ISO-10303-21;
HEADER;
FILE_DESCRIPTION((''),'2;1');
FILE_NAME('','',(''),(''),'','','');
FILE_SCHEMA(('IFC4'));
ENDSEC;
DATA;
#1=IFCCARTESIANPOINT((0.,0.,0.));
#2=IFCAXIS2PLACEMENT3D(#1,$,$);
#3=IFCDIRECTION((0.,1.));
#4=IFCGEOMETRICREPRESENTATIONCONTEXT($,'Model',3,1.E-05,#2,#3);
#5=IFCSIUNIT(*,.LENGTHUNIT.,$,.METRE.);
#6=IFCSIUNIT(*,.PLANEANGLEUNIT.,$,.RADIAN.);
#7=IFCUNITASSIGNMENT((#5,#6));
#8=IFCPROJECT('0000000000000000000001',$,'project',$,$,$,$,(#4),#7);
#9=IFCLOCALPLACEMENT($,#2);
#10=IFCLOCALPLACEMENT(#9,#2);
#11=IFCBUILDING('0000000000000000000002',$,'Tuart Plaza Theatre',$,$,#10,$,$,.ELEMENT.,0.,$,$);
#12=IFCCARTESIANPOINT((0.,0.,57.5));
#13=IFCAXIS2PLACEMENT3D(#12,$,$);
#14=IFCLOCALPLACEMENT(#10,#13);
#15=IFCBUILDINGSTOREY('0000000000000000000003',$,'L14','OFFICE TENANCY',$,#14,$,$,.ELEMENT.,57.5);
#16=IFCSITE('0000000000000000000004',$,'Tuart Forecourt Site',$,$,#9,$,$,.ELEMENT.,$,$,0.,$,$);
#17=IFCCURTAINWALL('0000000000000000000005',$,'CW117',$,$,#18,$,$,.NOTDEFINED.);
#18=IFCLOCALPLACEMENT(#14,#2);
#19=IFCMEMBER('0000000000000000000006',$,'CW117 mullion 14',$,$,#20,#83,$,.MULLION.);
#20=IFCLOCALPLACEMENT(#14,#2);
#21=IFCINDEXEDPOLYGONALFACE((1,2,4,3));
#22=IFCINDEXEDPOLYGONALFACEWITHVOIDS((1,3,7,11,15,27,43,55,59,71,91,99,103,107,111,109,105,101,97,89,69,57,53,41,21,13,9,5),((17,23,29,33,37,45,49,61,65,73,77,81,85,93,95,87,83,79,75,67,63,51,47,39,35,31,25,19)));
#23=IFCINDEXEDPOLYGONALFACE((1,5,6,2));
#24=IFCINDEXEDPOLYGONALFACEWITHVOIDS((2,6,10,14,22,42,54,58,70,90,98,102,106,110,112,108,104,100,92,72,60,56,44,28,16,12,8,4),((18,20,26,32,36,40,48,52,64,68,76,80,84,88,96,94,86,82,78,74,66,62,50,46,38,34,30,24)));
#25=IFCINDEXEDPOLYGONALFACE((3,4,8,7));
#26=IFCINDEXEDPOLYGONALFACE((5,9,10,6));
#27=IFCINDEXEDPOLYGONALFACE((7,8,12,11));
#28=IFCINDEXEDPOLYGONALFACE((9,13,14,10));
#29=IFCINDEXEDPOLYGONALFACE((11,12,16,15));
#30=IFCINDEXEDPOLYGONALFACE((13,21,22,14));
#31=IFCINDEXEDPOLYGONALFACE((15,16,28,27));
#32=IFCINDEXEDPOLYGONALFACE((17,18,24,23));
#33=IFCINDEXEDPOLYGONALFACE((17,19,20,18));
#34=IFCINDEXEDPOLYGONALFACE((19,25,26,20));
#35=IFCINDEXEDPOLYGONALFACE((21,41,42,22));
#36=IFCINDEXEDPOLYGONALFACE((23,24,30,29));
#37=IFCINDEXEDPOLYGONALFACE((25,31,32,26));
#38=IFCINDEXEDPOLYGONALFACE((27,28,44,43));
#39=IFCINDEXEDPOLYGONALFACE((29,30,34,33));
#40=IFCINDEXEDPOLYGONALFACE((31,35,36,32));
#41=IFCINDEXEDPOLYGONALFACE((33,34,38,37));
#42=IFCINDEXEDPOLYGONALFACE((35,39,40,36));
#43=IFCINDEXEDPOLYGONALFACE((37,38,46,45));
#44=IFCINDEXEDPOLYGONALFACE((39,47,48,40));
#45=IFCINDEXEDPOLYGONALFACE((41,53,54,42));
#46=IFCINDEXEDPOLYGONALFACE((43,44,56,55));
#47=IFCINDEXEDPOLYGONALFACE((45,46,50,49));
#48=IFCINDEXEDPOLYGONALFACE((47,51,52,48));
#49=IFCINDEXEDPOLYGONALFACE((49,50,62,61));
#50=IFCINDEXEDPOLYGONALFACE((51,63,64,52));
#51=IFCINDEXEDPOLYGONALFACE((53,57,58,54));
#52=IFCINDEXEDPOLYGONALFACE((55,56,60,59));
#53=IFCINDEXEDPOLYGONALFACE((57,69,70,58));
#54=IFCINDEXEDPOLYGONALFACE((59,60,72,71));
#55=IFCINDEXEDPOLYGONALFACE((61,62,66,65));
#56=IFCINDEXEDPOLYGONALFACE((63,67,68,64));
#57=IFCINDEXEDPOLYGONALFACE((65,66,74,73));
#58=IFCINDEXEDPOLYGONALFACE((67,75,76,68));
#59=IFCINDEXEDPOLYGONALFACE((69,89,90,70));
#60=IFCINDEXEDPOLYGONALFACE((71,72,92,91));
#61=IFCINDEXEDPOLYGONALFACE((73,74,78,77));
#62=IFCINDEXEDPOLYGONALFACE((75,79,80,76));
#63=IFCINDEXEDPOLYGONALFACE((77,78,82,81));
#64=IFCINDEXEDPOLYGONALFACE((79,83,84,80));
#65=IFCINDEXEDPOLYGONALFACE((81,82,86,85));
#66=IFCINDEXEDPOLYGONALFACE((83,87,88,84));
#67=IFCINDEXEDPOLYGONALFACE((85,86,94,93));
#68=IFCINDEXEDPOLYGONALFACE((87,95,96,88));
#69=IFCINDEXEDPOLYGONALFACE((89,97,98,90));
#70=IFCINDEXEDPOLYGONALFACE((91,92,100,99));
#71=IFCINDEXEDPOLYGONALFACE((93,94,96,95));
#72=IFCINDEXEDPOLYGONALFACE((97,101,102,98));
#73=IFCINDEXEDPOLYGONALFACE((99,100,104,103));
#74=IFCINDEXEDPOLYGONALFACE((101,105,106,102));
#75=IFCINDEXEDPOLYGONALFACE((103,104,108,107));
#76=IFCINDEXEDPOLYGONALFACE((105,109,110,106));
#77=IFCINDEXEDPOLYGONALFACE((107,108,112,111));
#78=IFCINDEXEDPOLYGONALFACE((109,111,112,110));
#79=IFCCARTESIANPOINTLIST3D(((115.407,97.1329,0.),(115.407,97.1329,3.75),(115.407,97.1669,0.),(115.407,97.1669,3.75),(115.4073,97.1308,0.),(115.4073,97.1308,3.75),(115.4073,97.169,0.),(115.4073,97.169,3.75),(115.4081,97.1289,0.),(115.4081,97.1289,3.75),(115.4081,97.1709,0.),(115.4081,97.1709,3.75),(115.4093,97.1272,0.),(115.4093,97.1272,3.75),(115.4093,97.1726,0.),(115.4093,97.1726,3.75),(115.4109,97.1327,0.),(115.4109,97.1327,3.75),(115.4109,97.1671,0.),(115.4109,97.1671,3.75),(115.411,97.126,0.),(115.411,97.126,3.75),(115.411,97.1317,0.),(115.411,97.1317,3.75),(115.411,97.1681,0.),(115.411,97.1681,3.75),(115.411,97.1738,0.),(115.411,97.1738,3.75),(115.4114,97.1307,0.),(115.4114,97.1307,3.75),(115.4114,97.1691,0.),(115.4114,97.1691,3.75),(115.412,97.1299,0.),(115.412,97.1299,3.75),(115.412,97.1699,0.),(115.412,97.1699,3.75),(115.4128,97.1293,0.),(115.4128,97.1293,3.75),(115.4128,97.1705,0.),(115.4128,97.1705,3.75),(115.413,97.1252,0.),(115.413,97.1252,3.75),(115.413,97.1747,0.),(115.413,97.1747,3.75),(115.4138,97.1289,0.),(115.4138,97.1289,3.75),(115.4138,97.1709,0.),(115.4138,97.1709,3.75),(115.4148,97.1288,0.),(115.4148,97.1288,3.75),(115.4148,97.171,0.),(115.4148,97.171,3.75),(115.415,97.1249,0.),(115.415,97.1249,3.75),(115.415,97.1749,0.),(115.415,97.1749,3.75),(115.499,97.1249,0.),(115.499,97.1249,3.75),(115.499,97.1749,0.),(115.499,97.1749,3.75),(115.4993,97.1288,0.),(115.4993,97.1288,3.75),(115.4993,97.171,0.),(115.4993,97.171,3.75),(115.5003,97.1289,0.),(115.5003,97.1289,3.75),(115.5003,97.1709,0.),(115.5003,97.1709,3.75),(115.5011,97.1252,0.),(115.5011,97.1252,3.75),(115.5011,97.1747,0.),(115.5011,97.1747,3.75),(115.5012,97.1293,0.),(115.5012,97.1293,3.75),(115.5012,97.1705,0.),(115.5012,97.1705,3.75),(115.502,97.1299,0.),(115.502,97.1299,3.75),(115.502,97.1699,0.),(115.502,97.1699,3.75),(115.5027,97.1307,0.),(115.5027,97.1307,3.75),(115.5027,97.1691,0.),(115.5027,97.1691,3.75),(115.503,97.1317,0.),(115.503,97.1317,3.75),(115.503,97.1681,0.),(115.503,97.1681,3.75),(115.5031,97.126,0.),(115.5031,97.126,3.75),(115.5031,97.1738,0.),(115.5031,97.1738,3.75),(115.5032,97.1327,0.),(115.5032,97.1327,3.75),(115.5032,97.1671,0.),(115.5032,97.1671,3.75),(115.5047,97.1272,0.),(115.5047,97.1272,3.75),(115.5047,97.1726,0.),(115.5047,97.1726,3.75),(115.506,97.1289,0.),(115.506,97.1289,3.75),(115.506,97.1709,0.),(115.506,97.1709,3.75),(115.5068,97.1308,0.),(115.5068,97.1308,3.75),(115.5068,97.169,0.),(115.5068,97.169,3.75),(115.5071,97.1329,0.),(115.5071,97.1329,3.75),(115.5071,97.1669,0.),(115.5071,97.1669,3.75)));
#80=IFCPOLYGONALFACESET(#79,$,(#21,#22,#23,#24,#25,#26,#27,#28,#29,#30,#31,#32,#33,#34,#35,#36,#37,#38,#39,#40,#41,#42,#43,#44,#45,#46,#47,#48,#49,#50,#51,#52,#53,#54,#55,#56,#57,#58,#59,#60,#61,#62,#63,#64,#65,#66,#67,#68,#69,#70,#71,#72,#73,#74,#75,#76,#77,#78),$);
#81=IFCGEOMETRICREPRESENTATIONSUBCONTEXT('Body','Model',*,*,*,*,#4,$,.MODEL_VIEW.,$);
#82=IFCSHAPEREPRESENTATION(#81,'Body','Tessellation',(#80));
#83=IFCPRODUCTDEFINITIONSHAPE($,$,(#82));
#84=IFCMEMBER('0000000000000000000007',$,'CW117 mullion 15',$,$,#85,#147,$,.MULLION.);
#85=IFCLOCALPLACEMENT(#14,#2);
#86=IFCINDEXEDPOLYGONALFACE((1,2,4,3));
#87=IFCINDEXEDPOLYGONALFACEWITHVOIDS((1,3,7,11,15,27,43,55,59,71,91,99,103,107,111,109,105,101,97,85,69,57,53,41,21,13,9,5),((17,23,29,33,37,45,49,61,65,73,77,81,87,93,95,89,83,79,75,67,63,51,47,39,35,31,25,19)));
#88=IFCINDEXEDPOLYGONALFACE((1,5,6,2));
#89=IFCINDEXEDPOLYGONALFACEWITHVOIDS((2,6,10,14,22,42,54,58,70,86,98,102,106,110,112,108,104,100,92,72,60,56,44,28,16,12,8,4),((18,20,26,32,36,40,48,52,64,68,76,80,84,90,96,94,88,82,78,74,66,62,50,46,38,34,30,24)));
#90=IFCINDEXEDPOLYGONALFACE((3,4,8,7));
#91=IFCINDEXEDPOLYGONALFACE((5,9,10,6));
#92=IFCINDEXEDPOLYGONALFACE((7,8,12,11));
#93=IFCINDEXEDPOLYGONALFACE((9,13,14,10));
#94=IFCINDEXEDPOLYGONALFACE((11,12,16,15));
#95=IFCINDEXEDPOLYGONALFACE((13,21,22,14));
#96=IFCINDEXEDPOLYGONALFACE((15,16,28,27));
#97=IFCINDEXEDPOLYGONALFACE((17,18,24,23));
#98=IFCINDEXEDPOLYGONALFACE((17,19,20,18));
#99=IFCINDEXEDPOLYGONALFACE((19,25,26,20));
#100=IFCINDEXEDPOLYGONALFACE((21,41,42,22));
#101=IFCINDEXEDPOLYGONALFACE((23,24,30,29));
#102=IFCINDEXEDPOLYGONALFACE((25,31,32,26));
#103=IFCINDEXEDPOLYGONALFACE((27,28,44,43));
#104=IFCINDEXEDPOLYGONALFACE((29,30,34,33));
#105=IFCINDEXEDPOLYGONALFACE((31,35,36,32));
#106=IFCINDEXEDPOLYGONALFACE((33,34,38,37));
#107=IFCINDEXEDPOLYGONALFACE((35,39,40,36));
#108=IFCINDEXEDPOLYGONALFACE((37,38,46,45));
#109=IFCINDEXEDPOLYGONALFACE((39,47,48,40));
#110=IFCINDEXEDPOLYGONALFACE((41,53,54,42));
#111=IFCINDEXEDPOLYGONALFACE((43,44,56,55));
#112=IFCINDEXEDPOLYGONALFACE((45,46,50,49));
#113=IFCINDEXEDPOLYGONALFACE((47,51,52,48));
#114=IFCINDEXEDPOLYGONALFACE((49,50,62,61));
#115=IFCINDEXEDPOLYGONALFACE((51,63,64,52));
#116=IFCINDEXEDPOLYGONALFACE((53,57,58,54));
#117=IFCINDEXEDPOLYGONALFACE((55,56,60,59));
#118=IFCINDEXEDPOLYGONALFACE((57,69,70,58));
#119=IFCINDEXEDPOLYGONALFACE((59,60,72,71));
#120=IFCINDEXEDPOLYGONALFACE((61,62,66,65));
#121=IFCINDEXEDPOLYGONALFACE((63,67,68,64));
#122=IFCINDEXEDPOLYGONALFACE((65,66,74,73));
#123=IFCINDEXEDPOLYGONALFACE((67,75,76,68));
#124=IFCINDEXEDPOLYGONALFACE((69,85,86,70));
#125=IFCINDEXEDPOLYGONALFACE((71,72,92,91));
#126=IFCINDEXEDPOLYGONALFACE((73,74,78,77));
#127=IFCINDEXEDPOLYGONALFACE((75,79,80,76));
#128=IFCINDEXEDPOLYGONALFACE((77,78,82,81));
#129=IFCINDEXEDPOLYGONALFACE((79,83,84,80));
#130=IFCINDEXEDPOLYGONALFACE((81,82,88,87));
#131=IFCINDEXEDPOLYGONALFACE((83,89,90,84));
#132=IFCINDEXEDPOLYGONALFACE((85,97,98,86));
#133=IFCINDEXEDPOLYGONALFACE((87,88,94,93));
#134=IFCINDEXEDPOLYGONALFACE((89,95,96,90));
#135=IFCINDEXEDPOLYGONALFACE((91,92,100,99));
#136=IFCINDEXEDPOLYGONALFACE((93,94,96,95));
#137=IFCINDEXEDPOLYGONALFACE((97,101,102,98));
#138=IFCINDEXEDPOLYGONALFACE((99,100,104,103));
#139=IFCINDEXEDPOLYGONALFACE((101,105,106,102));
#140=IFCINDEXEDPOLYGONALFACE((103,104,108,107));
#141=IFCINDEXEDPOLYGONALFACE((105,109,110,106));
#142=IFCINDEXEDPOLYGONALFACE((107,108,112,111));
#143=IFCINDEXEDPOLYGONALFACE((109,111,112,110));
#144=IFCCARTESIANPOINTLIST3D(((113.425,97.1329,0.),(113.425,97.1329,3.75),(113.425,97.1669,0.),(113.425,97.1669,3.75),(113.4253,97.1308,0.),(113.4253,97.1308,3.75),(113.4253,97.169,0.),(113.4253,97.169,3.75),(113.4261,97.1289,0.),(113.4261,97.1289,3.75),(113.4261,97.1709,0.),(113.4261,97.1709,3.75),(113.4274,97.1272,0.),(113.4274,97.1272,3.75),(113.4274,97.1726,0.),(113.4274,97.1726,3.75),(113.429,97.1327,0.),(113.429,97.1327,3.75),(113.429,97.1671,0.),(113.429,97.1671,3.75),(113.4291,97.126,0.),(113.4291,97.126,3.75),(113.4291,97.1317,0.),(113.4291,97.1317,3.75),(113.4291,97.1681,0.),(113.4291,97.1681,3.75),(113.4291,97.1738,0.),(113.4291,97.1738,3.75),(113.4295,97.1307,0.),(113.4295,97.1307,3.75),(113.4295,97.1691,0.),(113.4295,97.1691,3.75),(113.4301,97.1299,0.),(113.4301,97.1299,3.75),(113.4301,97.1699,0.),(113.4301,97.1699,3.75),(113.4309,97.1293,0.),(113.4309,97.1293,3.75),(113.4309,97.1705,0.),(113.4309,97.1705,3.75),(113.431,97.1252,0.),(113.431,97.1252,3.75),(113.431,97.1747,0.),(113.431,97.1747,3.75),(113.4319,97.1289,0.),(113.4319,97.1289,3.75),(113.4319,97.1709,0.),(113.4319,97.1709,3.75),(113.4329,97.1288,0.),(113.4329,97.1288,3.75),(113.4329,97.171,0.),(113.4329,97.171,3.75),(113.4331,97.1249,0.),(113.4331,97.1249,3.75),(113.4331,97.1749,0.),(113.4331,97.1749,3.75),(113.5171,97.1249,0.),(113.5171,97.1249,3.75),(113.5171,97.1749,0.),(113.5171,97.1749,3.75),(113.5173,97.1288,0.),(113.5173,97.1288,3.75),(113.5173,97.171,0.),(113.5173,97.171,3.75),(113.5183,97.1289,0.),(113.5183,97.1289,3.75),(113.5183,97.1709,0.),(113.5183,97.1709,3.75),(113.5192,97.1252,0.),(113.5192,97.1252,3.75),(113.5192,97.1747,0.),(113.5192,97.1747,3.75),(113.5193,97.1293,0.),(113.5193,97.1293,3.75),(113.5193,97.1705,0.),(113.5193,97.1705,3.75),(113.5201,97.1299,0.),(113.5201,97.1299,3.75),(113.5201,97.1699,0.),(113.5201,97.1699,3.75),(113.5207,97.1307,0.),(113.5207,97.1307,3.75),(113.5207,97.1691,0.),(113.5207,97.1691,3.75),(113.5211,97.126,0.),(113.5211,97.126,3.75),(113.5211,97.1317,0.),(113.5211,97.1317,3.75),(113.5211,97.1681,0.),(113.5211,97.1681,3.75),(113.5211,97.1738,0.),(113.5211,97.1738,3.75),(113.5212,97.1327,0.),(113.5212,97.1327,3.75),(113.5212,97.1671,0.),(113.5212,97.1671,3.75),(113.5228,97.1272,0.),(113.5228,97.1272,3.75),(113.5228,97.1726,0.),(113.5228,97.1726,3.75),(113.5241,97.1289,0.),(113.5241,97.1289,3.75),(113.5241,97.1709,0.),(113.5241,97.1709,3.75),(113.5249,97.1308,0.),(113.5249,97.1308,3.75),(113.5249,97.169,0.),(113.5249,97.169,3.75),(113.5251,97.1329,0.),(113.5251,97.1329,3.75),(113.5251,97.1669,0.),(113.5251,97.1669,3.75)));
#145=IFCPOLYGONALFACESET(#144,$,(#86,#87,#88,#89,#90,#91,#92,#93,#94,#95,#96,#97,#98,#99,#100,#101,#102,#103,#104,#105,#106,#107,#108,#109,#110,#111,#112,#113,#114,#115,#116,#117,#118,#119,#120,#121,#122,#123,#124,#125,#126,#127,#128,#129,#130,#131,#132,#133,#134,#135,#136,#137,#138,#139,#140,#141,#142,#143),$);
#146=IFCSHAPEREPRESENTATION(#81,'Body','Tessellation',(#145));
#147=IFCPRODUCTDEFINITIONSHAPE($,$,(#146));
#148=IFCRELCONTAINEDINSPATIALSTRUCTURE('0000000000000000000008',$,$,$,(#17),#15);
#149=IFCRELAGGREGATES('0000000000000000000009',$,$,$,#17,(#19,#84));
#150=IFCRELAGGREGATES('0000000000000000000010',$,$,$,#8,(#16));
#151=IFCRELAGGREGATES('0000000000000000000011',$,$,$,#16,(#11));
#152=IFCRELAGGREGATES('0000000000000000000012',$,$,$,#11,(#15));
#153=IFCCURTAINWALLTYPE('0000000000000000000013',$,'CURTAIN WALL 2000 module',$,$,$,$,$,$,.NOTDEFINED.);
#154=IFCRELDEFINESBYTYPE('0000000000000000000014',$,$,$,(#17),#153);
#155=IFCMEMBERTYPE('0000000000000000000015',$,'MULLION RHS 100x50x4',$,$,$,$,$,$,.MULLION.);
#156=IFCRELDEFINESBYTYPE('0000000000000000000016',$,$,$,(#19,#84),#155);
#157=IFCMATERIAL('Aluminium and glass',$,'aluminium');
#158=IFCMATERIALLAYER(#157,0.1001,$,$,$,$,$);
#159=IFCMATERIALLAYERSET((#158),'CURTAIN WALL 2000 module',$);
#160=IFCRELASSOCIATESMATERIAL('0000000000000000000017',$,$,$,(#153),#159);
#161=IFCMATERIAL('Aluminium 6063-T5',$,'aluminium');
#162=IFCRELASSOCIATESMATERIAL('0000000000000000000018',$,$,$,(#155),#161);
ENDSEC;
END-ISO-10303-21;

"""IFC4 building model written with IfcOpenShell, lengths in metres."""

from ifc_helpers import new_model, si_unit, direction, frame, origin, origin_2d, place, context, subcontext, project, spatial, hollow_rectangle, extrude, material, layer, layer_set, material_profile, profile_set, type_object, element, aggregate, save


model = new_model("IFC4")

# Units and contexts
model_context = context("Model", 3, precision=1e-05, world=origin(), true_north=direction((0.0, 1.0)))
body_context = subcontext(model_context, "Body", "Model", "MODEL_VIEW")
ifc_project = project(units=[si_unit("LENGTHUNIT", "METRE"), si_unit("PLANEANGLEUNIT", "RADIAN")], contexts=[model_context])

# Site, building, storey
site_placement = place(None, origin())
site = spatial("IfcSite", under=ifc_project, at=site_placement, Name="Tuart Forecourt Site", CompositionType="ELEMENT", RefElevation=0.0)
building_placement = place(site_placement, origin())
building = spatial("IfcBuilding", under=site, at=building_placement, Name="Tuart Plaza Theatre", CompositionType="ELEMENT", ElevationOfRefHeight=0.0)
storey_placement = place(building_placement, frame((0.0, 0.0, 57.5)))
storey = spatial("IfcBuildingStorey", under=building, at=storey_placement, Name="L14", Description="OFFICE TENANCY", CompositionType="ELEMENT", Elevation=57.5)

# Curtain wall, members
ifc_material_1 = material(Name="Aluminium and glass", Category="aluminium")
ifc_layer_1 = layer(ifc_material_1, 0.1001)
ifc_layer_set_1 = layer_set([ifc_layer_1], Name="CURTAIN WALL 2000 module")
curtain_wall_type = type_object("IfcCurtainWallType", Name="CURTAIN WALL 2000 module", PredefinedType="NOTDEFINED", material=ifc_layer_set_1)
curtain_wall_placement = place(storey_placement, origin())
curtain_wall = element("IfcCurtainWall", 1, at=curtain_wall_placement, inside=storey, type_object=curtain_wall_type, Name="CW117", PredefinedType="NOTDEFINED")
ifc_material_2 = material(Name="Aluminium 6063-T5", Category="aluminium")
ifc_material_profile_1 = material_profile(ifc_material_2, hollow_rectangle(XDim=0.05, YDim=0.1001, WallThickness=0.0039, InnerFilletRadius=0.0039, OuterFilletRadius=0.0081, at=origin_2d()), Name="RHS 100x50x4")
ifc_profile_set_1 = profile_set([ifc_material_profile_1], Name="Aluminium 6063-T5")
member_type_1 = type_object("IfcMemberType", Name="MULLION RHS 100x50x4", PredefinedType="MULLION", material=ifc_profile_set_1)
member_1_placement = place(storey_placement, frame((115.457, 97.1499, 0.0), z_axis=(0.0, 0.0, 1.0), x_axis=(0.0, -1.0, 0.0)))
member_1 = element("IfcMember", 2, at=member_1_placement, type_object=member_type_1, Name="CW117 mullion 14", PredefinedType="MULLION", context=body_context, shape_type="SweptSolid", body=[
    extrude(hollow_rectangle(XDim=0.05, YDim=0.1001, WallThickness=0.0039, InnerFilletRadius=0.0039, OuterFilletRadius=0.0081, at=origin_2d()), origin(), (0.0, 0.0, 1.0), 3.75),
])
member_2_placement = place(storey_placement, frame((113.4751, 97.1499, 0.0), z_axis=(0.0, 0.0, 1.0), x_axis=(0.0, -1.0, 0.0)))
member_2 = element("IfcMember", 3, at=member_2_placement, type_object=member_type_1, Name="CW117 mullion 15", PredefinedType="MULLION", context=body_context, shape_type="SweptSolid", body=[
    extrude(hollow_rectangle(XDim=0.05, YDim=0.1001, WallThickness=0.0039, InnerFilletRadius=0.0039, OuterFilletRadius=0.0081, at=origin_2d()), origin(), (0.0, 0.0, 1.0), 3.75),
])
aggregate(curtain_wall, [member_1, member_2])

save(model, "model.ifc")
